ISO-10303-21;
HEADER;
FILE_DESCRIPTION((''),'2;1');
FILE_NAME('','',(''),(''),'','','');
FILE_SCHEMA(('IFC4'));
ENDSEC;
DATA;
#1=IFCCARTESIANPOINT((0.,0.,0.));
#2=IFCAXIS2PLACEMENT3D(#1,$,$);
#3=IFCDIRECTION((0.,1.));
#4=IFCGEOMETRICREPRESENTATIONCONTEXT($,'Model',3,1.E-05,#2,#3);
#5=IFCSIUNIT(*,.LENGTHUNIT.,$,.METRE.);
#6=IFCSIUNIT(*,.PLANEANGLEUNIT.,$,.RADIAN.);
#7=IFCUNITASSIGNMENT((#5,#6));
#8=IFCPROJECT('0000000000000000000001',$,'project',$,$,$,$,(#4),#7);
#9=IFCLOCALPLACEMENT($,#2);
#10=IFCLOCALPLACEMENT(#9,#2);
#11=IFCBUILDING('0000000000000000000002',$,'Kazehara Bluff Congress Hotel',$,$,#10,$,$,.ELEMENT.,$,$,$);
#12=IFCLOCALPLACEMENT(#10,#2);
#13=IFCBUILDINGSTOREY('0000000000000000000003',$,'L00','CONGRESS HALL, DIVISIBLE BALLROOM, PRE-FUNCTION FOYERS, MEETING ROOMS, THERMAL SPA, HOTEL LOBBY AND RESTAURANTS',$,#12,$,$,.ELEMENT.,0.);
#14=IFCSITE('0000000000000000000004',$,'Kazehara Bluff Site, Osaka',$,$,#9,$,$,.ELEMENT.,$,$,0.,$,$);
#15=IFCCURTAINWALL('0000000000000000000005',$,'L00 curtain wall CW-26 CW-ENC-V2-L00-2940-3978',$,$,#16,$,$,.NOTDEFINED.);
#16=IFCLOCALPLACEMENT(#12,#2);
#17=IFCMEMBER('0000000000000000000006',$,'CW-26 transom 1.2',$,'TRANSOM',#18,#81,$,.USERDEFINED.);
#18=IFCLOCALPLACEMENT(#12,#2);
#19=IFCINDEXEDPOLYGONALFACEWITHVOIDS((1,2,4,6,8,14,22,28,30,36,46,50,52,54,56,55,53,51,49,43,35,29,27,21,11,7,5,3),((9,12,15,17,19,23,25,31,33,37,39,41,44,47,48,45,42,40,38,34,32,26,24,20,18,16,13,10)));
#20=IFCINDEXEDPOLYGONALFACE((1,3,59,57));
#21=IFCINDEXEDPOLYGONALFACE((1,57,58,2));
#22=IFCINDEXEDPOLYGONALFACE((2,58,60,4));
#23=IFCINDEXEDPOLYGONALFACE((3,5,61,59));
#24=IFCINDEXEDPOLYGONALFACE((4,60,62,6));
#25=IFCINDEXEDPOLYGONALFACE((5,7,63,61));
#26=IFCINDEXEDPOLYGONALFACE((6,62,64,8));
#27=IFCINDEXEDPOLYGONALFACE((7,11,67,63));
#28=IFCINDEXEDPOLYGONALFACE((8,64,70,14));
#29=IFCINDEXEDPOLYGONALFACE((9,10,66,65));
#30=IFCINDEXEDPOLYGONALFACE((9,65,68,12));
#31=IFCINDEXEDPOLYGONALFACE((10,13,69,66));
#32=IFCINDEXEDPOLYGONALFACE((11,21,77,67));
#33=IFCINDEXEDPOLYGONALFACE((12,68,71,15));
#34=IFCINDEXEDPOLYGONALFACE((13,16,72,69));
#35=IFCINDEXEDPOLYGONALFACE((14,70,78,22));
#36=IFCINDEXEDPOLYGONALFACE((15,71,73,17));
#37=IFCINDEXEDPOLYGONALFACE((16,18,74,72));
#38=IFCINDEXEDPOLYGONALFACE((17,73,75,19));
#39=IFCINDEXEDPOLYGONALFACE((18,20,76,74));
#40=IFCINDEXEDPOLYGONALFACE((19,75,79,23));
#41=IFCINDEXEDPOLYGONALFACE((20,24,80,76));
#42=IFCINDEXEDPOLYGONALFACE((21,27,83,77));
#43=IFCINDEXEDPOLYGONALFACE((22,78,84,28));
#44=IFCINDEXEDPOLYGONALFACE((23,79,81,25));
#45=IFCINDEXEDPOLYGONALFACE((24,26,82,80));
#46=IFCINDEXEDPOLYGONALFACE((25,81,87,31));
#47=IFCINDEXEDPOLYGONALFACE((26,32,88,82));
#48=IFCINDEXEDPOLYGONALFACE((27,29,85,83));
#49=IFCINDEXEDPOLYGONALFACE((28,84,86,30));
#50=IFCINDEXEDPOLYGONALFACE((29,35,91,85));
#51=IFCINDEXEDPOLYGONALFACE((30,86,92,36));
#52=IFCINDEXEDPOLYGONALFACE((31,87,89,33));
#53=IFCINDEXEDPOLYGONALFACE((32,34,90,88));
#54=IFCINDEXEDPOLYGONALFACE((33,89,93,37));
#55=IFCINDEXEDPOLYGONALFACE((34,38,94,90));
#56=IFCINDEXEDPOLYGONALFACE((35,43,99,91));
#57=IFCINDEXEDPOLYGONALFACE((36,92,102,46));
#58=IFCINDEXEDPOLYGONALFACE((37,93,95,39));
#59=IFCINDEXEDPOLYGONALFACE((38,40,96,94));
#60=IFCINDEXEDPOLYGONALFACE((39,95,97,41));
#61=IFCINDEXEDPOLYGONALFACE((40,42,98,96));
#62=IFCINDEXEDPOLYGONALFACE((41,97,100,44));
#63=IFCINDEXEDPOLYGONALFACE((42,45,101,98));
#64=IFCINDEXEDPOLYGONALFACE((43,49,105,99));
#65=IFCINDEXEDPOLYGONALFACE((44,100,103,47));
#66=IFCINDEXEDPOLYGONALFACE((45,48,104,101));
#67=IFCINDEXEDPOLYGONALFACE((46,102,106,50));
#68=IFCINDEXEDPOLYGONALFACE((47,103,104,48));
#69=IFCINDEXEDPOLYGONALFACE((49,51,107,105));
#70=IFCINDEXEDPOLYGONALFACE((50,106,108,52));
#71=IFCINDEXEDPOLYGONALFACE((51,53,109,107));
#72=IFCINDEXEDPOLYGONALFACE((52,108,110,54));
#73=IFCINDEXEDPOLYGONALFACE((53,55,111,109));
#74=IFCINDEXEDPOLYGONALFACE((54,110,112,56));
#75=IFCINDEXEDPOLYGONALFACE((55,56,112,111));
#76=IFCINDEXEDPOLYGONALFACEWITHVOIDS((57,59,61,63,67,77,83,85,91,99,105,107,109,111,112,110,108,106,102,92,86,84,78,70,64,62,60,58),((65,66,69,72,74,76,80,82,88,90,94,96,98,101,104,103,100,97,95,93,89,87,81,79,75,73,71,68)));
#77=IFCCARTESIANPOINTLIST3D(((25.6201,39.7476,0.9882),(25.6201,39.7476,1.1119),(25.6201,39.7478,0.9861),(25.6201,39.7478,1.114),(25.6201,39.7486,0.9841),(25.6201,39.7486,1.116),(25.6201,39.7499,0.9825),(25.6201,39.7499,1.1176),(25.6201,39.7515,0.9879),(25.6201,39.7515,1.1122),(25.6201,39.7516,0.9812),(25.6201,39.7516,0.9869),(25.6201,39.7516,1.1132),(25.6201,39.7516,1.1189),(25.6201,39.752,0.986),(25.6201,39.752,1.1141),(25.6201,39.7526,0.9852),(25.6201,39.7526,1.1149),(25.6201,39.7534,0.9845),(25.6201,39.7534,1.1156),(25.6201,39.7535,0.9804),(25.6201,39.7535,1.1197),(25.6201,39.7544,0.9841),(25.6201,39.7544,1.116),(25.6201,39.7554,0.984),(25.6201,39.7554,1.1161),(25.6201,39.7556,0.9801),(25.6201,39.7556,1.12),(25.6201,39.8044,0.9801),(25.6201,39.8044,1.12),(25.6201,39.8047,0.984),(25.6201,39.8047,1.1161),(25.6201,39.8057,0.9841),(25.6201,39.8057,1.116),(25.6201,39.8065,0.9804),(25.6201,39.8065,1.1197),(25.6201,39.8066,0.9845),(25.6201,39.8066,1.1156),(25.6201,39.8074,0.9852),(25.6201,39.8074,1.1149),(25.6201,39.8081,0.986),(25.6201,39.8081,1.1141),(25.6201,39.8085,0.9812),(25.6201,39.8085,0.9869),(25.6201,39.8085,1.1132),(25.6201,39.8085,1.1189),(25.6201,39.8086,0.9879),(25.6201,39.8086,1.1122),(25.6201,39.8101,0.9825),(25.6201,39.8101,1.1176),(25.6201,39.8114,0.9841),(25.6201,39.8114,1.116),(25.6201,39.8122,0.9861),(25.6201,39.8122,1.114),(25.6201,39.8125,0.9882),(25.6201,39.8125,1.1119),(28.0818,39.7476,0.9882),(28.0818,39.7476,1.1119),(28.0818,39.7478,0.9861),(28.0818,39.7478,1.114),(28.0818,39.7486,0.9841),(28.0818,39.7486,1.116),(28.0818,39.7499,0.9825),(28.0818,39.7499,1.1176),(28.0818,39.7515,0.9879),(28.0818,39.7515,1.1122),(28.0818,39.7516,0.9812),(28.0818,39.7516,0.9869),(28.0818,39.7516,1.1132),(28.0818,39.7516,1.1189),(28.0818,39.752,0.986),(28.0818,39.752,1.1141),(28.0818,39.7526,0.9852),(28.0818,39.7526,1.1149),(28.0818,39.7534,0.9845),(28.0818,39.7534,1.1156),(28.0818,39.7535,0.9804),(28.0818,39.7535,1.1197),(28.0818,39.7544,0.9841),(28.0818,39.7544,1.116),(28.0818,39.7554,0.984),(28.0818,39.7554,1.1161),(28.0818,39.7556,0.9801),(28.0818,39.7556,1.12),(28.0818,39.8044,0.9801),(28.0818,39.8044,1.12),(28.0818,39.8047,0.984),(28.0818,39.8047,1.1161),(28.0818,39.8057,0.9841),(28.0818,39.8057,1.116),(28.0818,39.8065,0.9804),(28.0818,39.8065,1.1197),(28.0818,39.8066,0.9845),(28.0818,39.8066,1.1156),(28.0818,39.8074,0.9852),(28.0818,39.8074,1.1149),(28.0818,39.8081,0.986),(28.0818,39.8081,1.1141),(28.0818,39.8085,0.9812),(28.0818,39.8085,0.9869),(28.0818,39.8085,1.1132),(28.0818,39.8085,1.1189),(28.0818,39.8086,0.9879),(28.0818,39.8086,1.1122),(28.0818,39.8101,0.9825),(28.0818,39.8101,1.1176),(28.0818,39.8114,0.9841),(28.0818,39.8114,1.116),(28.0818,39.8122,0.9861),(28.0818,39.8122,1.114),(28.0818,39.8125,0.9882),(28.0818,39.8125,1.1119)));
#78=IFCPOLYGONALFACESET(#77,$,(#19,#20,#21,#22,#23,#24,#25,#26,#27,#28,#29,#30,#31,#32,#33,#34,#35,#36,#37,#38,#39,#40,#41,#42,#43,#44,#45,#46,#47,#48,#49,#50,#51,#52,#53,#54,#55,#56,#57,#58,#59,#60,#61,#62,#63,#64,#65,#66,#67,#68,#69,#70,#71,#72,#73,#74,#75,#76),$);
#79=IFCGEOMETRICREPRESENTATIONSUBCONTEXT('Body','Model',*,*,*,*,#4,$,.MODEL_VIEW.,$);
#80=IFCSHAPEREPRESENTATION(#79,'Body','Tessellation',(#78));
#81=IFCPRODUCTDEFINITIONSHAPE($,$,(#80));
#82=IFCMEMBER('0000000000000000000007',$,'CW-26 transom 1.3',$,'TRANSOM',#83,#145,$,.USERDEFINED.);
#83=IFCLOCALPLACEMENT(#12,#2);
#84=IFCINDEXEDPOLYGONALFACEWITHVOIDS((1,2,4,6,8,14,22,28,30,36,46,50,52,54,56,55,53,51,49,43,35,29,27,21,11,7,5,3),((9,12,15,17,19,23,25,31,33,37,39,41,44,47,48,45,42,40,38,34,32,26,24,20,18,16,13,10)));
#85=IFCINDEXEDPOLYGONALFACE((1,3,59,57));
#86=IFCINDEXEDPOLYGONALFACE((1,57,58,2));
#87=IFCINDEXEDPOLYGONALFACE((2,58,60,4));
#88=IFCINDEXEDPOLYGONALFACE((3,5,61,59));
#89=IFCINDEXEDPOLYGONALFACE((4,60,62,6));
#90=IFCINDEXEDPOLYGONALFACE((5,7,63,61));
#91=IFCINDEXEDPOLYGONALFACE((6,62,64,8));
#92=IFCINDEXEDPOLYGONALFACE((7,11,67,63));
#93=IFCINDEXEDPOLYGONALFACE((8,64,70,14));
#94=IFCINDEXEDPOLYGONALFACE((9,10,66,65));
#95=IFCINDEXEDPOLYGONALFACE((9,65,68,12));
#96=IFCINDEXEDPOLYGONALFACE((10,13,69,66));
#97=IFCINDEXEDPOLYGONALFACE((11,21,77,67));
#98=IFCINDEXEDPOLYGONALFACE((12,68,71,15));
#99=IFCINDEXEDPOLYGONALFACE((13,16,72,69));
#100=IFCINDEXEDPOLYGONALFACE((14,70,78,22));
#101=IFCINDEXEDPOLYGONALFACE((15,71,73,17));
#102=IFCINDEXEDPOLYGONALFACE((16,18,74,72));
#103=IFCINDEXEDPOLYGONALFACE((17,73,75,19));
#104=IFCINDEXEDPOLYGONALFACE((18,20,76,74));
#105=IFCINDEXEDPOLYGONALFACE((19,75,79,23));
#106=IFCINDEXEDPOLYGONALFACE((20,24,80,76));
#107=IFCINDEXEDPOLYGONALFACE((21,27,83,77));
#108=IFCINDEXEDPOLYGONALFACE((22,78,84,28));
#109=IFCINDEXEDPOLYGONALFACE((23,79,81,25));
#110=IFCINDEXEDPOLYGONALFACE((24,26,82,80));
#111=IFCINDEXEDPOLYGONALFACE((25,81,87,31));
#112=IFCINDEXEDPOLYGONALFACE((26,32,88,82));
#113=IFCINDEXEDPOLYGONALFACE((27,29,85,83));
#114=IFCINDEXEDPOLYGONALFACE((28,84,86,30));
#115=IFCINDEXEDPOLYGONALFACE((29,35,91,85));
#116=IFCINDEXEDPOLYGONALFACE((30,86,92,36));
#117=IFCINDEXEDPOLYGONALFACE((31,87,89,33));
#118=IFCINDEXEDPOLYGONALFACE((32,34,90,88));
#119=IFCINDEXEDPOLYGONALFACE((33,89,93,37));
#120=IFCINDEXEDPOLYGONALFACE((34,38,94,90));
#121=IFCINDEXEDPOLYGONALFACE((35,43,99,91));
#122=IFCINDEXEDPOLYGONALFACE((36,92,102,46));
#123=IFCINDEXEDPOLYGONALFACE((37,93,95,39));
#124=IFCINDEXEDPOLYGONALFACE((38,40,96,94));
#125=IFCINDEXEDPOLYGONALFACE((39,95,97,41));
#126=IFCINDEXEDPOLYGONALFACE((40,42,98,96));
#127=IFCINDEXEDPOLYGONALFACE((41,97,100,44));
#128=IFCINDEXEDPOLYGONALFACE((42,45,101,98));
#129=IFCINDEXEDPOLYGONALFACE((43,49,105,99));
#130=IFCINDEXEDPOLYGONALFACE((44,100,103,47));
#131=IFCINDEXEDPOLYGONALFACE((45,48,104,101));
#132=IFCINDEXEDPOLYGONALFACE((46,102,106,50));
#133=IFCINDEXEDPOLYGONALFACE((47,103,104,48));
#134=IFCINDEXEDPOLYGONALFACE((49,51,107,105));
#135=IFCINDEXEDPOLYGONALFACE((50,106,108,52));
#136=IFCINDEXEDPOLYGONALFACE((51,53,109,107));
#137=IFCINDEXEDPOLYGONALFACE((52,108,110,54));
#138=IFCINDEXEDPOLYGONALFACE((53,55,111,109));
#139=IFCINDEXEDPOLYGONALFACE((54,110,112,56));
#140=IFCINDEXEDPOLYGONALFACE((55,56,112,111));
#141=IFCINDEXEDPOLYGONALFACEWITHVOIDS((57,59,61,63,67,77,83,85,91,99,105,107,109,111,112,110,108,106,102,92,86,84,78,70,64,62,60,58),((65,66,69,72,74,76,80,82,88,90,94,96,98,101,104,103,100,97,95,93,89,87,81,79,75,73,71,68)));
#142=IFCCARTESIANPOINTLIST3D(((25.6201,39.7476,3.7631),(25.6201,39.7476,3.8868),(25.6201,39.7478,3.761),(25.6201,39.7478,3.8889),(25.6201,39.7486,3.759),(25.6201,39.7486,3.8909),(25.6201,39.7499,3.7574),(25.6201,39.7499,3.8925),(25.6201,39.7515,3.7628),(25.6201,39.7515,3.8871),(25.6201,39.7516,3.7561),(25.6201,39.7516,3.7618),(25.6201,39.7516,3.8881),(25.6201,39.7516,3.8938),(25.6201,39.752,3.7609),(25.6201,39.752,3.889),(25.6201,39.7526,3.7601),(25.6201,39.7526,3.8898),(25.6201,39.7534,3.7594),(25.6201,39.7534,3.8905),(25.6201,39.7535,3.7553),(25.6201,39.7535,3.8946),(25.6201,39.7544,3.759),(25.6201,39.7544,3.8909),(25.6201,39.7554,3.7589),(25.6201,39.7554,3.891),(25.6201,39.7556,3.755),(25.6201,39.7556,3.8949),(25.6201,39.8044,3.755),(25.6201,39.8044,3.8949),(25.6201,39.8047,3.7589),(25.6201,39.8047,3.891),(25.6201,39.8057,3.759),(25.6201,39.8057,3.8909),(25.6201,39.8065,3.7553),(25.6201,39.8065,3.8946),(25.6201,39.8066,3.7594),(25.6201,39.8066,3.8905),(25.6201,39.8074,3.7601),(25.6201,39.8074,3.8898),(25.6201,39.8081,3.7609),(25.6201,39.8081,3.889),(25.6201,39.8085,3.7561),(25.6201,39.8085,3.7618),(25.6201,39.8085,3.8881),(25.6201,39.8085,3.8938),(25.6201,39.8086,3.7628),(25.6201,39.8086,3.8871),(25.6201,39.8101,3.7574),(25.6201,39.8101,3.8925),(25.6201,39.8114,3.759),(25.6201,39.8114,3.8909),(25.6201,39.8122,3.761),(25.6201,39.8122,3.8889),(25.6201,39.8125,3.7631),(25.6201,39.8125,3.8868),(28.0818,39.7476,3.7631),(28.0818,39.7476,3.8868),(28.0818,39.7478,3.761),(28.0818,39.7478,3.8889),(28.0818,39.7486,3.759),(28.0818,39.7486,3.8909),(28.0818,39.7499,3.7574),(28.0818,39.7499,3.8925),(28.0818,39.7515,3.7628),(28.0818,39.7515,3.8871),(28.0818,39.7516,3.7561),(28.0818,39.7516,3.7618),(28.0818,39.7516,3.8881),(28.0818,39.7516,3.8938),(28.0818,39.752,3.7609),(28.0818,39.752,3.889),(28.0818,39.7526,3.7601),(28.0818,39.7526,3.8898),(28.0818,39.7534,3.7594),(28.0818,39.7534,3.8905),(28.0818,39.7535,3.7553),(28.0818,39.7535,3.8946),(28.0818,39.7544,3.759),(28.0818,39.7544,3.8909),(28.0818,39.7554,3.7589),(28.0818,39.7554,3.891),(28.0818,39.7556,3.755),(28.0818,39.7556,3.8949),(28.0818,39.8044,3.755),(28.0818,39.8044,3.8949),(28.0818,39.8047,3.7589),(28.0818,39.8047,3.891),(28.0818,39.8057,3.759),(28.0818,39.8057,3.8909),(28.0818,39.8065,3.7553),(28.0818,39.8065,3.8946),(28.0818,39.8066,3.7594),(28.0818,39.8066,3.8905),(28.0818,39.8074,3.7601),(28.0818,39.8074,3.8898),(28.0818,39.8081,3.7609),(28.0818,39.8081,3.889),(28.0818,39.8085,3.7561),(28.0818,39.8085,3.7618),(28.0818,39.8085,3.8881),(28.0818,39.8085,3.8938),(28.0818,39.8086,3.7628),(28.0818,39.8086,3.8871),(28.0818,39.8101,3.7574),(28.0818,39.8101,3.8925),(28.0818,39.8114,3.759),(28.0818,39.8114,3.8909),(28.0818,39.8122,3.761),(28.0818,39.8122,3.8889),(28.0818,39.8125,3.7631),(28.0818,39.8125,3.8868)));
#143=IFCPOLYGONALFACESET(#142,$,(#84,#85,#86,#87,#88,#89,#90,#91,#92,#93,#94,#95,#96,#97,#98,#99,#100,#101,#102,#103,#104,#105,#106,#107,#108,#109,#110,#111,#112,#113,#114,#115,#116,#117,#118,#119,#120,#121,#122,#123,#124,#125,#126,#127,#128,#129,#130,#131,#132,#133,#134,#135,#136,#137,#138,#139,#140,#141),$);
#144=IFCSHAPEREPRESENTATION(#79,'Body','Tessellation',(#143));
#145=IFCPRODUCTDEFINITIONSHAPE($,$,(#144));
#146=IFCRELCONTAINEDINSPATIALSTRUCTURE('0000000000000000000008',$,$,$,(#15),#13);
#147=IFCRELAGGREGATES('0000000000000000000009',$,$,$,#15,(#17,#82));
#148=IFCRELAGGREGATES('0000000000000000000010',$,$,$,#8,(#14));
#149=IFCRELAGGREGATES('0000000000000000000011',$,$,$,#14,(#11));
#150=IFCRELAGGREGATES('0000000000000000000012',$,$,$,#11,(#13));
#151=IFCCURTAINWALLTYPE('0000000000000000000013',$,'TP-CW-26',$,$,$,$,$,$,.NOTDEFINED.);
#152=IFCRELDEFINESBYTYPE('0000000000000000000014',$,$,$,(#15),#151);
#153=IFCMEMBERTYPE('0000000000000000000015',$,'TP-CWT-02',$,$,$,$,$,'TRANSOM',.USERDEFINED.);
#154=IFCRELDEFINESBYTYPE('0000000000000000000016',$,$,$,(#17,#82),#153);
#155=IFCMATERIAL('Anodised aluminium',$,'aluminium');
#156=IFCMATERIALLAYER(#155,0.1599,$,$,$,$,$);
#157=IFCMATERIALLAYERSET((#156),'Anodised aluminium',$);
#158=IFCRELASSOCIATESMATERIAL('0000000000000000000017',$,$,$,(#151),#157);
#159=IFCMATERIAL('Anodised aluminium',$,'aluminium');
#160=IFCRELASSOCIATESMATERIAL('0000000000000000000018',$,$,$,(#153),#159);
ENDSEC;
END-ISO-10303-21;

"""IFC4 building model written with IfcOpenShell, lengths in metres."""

from ifc_helpers import new_model, si_unit, direction, frame, origin, origin_2d, place, context, subcontext, project, spatial, hollow_rectangle, extrude, material, layer, layer_set, material_profile, profile_set, type_object, element, aggregate, save


model = new_model("IFC4")

# Units and contexts
model_context = context("Model", 3, precision=1e-05, world=origin(), true_north=direction((0.0, 1.0)))
body_context = subcontext(model_context, "Body", "Model", "MODEL_VIEW")
ifc_project = project(units=[si_unit("LENGTHUNIT", "METRE"), si_unit("PLANEANGLEUNIT", "RADIAN")], contexts=[model_context])

# Site, building, storey
site_placement = place(None, origin())
site = spatial("IfcSite", under=ifc_project, at=site_placement, Name="Kazehara Bluff Site, Osaka", CompositionType="ELEMENT", RefElevation=0.0)
building_placement = place(site_placement, origin())
building = spatial("IfcBuilding", under=site, at=building_placement, Name="Kazehara Bluff Congress Hotel", CompositionType="ELEMENT")
storey_placement = place(building_placement, origin())
storey = spatial("IfcBuildingStorey", under=building, at=storey_placement, Name="L00", Description="CONGRESS HALL, DIVISIBLE BALLROOM, PRE-FUNCTION FOYERS, MEETING ROOMS, THERMAL SPA, HOTEL LOBBY AND RESTAURANTS", CompositionType="ELEMENT", Elevation=0.0)

# Curtain wall
ifc_material_1 = material(Name="Anodised aluminium", Category="aluminium")
ifc_layer_1 = layer(ifc_material_1, 0.1599)
ifc_layer_set_1 = layer_set([ifc_layer_1], Name="Anodised aluminium")
curtain_wall_type_1 = type_object("IfcCurtainWallType", Name="TP-CW-26", PredefinedType="NOTDEFINED", material=ifc_layer_set_1)
curtain_wall_1_placement = place(storey_placement, origin())
curtain_wall_1 = element("IfcCurtainWall", 1, at=curtain_wall_1_placement, inside=storey, type_object=curtain_wall_type_1, Name="L00 curtain wall CW-26 CW-ENC-V2-L00-2940-3978", PredefinedType="NOTDEFINED")

# Members
ifc_material_2 = material(Name="Anodised aluminium", Category="aluminium")
ifc_material_profile_1 = material_profile(ifc_material_2, hollow_rectangle(XDim=0.0649, YDim=0.1399, WallThickness=0.0039, InnerFilletRadius=0.0039, OuterFilletRadius=0.0081, at=origin_2d()))
ifc_profile_set_1 = profile_set([ifc_material_profile_1], Name="Anodised aluminium")
member_type_1 = type_object("IfcMemberType", Name="TP-CWT-02", ElementType="TRANSOM", PredefinedType="USERDEFINED", material=ifc_profile_set_1)
member_1_placement = place(storey_placement, frame((25.6201, 39.78, 1.05), z_axis=(1.0, 0.0, 0.0), x_axis=(0.0, 1.0, 0.0)))
member_1 = element("IfcMember", 2, at=member_1_placement, type_object=member_type_1, Name="CW-26 transom 1.2", ObjectType="TRANSOM", PredefinedType="USERDEFINED", context=body_context, shape_type="SweptSolid", body=[
    extrude(hollow_rectangle(XDim=0.0649, YDim=0.1399, WallThickness=0.0039, InnerFilletRadius=0.0039, OuterFilletRadius=0.0081, at=origin_2d()), origin(), (0.0, 0.0, 1.0), 2.4617),
])
member_2_placement = place(storey_placement, frame((25.6201, 39.78, 3.825), z_axis=(1.0, 0.0, 0.0), x_axis=(0.0, 1.0, 0.0)))
member_2 = element("IfcMember", 3, at=member_2_placement, type_object=member_type_1, Name="CW-26 transom 1.3", ObjectType="TRANSOM", PredefinedType="USERDEFINED", context=body_context, shape_type="SweptSolid", body=[
    extrude(hollow_rectangle(XDim=0.0649, YDim=0.1399, WallThickness=0.0039, InnerFilletRadius=0.0039, OuterFilletRadius=0.0081, at=origin_2d()), origin(), (0.0, 0.0, 1.0), 2.4617),
])

aggregate(curtain_wall_1, [member_1, member_2])

save(model, "model.ifc")
